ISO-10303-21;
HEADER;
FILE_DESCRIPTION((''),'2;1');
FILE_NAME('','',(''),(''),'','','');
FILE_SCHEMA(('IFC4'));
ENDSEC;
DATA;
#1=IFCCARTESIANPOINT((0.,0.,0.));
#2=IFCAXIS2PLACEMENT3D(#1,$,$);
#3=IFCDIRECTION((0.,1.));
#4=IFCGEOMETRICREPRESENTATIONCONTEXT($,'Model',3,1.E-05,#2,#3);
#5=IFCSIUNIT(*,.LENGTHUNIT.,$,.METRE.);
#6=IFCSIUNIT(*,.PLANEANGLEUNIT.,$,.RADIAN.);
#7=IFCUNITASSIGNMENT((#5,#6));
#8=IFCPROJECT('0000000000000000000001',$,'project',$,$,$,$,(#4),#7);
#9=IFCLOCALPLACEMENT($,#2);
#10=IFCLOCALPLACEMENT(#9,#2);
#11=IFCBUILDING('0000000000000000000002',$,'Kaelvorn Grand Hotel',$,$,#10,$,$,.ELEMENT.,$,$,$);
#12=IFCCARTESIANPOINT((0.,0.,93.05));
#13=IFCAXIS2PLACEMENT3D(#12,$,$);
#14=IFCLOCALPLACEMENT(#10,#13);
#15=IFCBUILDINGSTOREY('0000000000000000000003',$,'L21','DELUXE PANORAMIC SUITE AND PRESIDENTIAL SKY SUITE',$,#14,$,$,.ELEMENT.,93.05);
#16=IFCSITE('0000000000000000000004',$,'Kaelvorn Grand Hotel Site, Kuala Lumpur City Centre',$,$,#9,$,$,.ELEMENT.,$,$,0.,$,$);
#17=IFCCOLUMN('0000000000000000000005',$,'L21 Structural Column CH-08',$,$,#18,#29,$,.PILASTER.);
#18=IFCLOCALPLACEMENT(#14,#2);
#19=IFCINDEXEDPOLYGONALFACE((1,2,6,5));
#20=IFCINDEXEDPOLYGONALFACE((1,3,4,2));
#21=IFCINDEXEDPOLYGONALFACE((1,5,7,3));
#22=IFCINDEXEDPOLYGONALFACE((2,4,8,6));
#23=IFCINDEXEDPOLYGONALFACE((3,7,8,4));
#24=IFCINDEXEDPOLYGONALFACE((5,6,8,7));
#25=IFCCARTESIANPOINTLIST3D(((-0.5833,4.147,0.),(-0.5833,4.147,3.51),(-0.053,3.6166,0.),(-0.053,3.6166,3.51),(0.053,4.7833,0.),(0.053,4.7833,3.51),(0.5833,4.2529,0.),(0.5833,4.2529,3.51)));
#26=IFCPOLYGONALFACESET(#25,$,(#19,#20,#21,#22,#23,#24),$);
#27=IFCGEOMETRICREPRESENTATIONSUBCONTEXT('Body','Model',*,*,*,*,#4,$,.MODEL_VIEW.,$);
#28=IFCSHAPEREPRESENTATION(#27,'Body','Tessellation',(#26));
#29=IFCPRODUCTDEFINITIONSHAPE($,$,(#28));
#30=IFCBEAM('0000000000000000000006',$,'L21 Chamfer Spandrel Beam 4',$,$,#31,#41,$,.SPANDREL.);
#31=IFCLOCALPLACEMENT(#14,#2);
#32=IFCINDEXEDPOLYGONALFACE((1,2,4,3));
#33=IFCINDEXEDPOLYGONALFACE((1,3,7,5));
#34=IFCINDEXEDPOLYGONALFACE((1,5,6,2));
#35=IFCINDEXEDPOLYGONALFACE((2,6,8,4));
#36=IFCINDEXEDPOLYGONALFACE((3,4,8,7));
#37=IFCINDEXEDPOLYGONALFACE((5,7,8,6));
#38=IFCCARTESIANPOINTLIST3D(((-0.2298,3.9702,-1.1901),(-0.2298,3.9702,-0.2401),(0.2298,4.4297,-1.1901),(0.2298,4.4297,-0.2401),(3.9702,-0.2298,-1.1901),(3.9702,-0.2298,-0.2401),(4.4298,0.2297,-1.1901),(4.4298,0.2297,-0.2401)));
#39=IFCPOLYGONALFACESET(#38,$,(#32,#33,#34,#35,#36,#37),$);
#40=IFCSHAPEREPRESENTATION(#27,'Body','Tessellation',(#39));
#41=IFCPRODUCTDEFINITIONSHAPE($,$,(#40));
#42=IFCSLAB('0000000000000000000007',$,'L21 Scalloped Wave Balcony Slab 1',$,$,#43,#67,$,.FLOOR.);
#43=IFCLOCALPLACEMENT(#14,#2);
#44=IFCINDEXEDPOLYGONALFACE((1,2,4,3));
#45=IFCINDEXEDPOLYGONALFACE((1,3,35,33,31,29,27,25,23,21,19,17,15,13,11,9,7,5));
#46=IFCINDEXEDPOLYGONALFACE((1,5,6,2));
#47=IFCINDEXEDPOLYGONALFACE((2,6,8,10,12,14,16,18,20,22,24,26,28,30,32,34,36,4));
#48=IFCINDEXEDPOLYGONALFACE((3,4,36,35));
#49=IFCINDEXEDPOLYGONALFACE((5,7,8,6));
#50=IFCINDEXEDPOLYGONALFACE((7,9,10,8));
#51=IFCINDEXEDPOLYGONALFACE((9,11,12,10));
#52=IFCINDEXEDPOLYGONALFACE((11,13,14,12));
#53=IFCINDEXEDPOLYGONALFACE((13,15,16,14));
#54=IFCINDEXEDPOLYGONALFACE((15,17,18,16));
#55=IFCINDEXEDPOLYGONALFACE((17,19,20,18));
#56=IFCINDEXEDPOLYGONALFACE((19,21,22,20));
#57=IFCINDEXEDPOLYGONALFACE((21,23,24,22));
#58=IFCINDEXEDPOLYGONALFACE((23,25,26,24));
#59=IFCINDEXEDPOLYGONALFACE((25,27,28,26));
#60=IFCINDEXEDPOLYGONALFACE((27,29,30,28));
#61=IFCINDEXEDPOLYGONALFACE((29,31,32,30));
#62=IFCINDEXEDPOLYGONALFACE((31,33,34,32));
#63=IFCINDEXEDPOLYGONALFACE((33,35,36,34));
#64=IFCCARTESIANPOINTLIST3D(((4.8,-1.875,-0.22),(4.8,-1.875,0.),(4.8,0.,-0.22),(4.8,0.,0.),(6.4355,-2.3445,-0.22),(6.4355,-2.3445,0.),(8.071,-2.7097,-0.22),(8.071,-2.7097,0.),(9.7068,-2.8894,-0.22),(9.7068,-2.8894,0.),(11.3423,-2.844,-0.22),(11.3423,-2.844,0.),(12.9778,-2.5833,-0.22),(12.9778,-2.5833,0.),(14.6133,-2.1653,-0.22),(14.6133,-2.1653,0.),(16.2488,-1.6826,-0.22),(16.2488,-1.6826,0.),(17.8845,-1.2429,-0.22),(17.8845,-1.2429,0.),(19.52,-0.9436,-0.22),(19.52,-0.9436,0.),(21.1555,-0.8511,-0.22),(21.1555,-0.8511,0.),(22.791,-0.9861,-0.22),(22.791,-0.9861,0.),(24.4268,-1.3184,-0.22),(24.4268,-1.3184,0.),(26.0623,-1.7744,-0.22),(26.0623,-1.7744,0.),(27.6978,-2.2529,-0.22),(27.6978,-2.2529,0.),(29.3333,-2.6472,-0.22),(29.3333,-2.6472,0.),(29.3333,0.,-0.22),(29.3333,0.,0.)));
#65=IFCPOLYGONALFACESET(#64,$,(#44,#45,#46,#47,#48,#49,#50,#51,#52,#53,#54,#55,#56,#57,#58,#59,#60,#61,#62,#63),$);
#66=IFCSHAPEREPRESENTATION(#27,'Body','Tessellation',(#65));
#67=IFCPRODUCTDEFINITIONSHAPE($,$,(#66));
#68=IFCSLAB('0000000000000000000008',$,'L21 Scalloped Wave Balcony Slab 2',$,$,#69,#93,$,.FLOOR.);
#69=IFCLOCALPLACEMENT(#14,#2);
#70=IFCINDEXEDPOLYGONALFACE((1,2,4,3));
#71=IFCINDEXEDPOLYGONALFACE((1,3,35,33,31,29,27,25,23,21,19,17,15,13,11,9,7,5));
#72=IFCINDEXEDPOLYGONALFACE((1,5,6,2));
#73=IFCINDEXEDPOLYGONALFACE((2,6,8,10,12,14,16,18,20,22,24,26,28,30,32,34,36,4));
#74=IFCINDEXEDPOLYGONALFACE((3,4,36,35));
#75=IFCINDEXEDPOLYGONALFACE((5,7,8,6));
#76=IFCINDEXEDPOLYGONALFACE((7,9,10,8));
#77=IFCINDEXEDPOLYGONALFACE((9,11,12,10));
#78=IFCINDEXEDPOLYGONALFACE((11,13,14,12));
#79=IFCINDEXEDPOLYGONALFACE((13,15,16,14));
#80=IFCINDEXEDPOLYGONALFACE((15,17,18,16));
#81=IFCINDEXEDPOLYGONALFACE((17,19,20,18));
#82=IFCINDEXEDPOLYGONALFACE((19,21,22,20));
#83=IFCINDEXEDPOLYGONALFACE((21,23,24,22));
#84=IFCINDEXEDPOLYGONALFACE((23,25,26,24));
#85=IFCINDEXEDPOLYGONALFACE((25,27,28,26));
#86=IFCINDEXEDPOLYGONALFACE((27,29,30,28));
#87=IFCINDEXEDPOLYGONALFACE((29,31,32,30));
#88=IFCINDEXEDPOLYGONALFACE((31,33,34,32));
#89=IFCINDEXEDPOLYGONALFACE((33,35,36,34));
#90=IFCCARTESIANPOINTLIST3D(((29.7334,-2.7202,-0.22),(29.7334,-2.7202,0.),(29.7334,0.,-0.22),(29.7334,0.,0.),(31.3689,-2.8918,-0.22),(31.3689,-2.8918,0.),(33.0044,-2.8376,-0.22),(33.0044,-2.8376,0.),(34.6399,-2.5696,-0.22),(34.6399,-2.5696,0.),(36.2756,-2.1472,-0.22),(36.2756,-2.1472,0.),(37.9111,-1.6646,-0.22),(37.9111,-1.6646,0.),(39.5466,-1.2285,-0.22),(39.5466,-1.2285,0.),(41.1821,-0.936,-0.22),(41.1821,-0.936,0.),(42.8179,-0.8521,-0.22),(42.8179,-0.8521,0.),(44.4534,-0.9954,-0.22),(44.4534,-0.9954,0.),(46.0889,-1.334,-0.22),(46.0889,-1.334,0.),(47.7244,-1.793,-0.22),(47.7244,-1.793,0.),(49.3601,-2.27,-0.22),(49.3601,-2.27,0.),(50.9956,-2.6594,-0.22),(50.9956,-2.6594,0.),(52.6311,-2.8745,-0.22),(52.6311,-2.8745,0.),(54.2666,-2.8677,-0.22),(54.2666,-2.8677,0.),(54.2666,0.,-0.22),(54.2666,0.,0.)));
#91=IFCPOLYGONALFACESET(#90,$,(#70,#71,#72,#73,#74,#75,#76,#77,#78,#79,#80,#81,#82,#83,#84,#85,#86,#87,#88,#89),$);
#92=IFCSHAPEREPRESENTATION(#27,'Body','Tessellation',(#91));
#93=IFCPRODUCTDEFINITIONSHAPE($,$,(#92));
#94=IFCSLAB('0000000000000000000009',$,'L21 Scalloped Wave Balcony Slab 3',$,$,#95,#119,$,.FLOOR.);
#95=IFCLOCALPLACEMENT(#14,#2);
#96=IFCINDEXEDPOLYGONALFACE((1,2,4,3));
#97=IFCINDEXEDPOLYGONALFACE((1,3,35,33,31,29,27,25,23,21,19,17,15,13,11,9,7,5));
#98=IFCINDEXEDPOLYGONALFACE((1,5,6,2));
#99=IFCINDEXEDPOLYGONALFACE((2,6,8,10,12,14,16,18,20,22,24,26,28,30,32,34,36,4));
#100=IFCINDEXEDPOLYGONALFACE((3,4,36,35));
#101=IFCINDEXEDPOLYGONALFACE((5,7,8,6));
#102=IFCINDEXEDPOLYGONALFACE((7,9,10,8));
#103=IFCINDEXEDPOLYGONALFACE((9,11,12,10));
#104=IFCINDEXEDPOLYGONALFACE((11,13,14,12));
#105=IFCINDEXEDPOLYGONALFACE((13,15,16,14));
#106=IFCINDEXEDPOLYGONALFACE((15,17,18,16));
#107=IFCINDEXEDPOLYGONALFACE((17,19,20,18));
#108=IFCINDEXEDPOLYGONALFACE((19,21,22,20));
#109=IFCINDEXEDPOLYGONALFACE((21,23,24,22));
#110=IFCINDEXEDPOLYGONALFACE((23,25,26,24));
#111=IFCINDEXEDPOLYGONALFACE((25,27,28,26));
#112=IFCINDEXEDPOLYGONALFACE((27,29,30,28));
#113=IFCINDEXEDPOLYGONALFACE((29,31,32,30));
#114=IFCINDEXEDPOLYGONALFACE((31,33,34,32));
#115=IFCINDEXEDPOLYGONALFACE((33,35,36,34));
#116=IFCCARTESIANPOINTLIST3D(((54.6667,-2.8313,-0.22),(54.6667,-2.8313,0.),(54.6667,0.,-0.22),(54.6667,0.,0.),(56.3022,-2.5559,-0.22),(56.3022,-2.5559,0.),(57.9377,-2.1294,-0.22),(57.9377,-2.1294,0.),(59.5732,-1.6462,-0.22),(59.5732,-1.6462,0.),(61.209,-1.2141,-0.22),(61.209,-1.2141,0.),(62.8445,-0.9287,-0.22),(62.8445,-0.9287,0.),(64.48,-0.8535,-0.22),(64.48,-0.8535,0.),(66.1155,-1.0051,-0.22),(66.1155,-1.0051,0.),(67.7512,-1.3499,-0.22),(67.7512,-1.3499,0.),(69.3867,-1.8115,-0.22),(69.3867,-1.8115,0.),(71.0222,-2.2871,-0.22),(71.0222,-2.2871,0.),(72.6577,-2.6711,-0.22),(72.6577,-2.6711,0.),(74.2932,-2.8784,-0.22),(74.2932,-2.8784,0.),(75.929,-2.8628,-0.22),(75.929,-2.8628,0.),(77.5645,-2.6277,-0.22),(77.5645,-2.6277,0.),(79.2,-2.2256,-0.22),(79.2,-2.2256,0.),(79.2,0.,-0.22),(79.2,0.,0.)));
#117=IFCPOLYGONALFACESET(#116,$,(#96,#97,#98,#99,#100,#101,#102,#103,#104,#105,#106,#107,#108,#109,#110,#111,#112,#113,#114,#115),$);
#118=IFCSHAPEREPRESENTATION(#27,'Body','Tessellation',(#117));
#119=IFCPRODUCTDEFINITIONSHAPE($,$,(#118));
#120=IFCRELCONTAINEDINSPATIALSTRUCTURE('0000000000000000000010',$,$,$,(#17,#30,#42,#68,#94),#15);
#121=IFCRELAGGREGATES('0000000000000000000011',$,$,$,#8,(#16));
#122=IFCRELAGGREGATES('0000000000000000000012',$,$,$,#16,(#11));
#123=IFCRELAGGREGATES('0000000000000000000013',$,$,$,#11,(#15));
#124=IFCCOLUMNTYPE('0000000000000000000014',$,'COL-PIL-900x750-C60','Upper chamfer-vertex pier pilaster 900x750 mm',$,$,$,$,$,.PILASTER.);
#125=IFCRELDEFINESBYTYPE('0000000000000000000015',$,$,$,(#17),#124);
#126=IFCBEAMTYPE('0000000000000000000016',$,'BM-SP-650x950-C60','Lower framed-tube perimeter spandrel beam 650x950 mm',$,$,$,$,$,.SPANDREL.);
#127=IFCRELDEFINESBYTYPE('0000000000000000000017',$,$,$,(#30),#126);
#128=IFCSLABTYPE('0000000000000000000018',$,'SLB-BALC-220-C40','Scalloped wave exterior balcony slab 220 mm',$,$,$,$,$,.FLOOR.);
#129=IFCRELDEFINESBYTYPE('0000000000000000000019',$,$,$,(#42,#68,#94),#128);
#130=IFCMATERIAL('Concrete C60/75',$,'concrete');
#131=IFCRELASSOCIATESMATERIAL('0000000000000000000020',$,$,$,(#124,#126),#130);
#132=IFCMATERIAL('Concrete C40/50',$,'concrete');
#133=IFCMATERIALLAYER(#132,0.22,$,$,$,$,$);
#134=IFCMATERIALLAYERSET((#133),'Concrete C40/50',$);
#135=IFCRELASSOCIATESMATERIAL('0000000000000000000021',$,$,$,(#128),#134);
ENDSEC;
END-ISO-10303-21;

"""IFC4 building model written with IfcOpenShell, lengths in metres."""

from ifc_helpers import new_model, si_unit, direction, frame, origin, origin_2d, place, context, subcontext, project, spatial, polyline, rectangle, outline, extrude, material, layer, layer_set, material_profile, profile_set, type_object, element, save


model = new_model("IFC4")

# Units and contexts
model_context = context("Model", 3, precision=1e-05, world=origin(), true_north=direction((0.0, 1.0)))
body_context = subcontext(model_context, "Body", "Model", "MODEL_VIEW")
ifc_project = project(units=[si_unit("LENGTHUNIT", "METRE"), si_unit("PLANEANGLEUNIT", "RADIAN")], contexts=[model_context])

# Site, building, storey
site_placement = place(None, origin())
site = spatial("IfcSite", under=ifc_project, at=site_placement, Name="Kaelvorn Grand Hotel Site, Kuala Lumpur City Centre", CompositionType="ELEMENT", RefElevation=0.0)
building_placement = place(site_placement, origin())
building = spatial("IfcBuilding", under=site, at=building_placement, Name="Kaelvorn Grand Hotel", CompositionType="ELEMENT")
storey_placement = place(building_placement, frame((0.0, 0.0, 93.05)))
storey = spatial("IfcBuildingStorey", under=building, at=storey_placement, Name="L21", Description="DELUXE PANORAMIC SUITE AND PRESIDENTIAL SKY SUITE", CompositionType="ELEMENT", Elevation=93.05)

# Column
ifc_material_1 = material(Name="Concrete C60/75", Category="concrete")
ifc_material_profile_1 = material_profile(ifc_material_1, rectangle(XDim=0.8999, YDim=0.75, at=origin_2d()), Name="RC PILASTER 900x750")
ifc_profile_set_1 = profile_set([ifc_material_profile_1], Name="Concrete C60/75")
column_type = type_object("IfcColumnType", Name="COL-PIL-900x750-C60", Description="Upper chamfer-vertex pier pilaster 900x750 mm", PredefinedType="PILASTER", material=ifc_profile_set_1)
column_placement = place(storey_placement, frame((0.0, 4.2, 0.0), z_axis=(0.0, 0.0, 1.0), x_axis=(0.707107, 0.707107, 0.0)))
element("IfcColumn", 1, at=column_placement, inside=storey, type_object=column_type, Name="L21 Structural Column CH-08", PredefinedType="PILASTER", context=body_context, shape_type="SweptSolid", body=[
    extrude(rectangle(XDim=0.8999, YDim=0.75, at=origin_2d()), origin(), (0.0, 0.0, 1.0), 3.51),
])

# Beam
ifc_material_profile_2 = material_profile(ifc_material_1, rectangle(XDim=0.6499, YDim=0.95, at=origin_2d()), Name="RC SPANDREL 650x950")
ifc_profile_set_2 = profile_set([ifc_material_profile_2], Name="Concrete C60/75")
beam_type = type_object("IfcBeamType", Name="BM-SP-650x950-C60", Description="Lower framed-tube perimeter spandrel beam 650x950 mm", PredefinedType="SPANDREL", material=ifc_profile_set_2)
beam_placement = place(storey_placement, frame((0.0, 4.2, -0.7151), z_axis=(0.707107, -0.707107, 0.0), x_axis=(0.707107, 0.707107, 0.0)))
element("IfcBeam", 2, at=beam_placement, inside=storey, type_object=beam_type, Name="L21 Chamfer Spandrel Beam 4", PredefinedType="SPANDREL", context=body_context, shape_type="SweptSolid", body=[
    extrude(rectangle(XDim=0.6499, YDim=0.95, at=origin_2d()), origin(), (0.0, 0.0, 1.0), 5.9397),
])

# Slabs
ifc_material_2 = material(Name="Concrete C40/50", Category="concrete")
ifc_layer_1 = layer(ifc_material_2, 0.22)
ifc_layer_set_1 = layer_set([ifc_layer_1], Name="Concrete C40/50")
slab_type_1 = type_object("IfcSlabType", Name="SLB-BALC-220-C40", Description="Scalloped wave exterior balcony slab 220 mm", PredefinedType="FLOOR", material=ifc_layer_set_1)
slab_1_placement = place(storey_placement, frame((0.0, 0.0, -0.22)))
element("IfcSlab", 3, at=slab_1_placement, inside=storey, type_object=slab_type_1, Name="L21 Scalloped Wave Balcony Slab 1", PredefinedType="FLOOR", context=body_context, shape_type="SweptSolid", body=[
    extrude(outline(polyline([(4.8, -1.875), (6.4355, -2.3445), (8.071, -2.7097), (9.7068, -2.8894), (11.3423, -2.844), (12.9778, -2.5833), (14.6133, -2.1653), (16.2488, -1.6826), (17.8845, -1.2429), (19.52, -0.9436), (21.1555, -0.8511), (22.791, -0.9861), (24.4268, -1.3184), (26.0623, -1.7744), (27.6978, -2.2529), (29.3333, -2.6472), (29.3333, 0.0), (4.8, 0.0), (4.8, -1.875)])), origin(), (0.0, 0.0, 1.0), 0.22),
])
slab_2_placement = place(storey_placement, frame((0.0, 0.0, -0.22)))
element("IfcSlab", 4, at=slab_2_placement, inside=storey, type_object=slab_type_1, Name="L21 Scalloped Wave Balcony Slab 2", PredefinedType="FLOOR", context=body_context, shape_type="SweptSolid", body=[
    extrude(outline(polyline([(29.7334, -2.7202), (31.3689, -2.8918), (33.0044, -2.8376), (34.6399, -2.5696), (36.2756, -2.1472), (37.9111, -1.6646), (39.5466, -1.2285), (41.1821, -0.936), (42.8179, -0.8521), (44.4534, -0.9954), (46.0889, -1.334), (47.7244, -1.793), (49.3601, -2.27), (50.9956, -2.6594), (52.6311, -2.8745), (54.2666, -2.8677), (54.2666, 0.0), (29.7334, 0.0), (29.7334, -2.7202)])), origin(), (0.0, 0.0, 1.0), 0.22),
])
slab_3_placement = place(storey_placement, frame((0.0, 0.0, -0.22)))
element("IfcSlab", 5, at=slab_3_placement, inside=storey, type_object=slab_type_1, Name="L21 Scalloped Wave Balcony Slab 3", PredefinedType="FLOOR", context=body_context, shape_type="SweptSolid", body=[
    extrude(outline(polyline([(54.6667, -2.8313), (56.3022, -2.5559), (57.9377, -2.1294), (59.5732, -1.6462), (61.209, -1.2141), (62.8445, -0.9287), (64.48, -0.8535), (66.1155, -1.0051), (67.7512, -1.3499), (69.3867, -1.8115), (71.0222, -2.2871), (72.6577, -2.6711), (74.2932, -2.8784), (75.929, -2.8628), (77.5645, -2.6277), (79.2, -2.2256), (79.2, 0.0), (54.6667, 0.0), (54.6667, -2.8313)])), origin(), (0.0, 0.0, 1.0), 0.22),
])

save(model, "model.ifc")
